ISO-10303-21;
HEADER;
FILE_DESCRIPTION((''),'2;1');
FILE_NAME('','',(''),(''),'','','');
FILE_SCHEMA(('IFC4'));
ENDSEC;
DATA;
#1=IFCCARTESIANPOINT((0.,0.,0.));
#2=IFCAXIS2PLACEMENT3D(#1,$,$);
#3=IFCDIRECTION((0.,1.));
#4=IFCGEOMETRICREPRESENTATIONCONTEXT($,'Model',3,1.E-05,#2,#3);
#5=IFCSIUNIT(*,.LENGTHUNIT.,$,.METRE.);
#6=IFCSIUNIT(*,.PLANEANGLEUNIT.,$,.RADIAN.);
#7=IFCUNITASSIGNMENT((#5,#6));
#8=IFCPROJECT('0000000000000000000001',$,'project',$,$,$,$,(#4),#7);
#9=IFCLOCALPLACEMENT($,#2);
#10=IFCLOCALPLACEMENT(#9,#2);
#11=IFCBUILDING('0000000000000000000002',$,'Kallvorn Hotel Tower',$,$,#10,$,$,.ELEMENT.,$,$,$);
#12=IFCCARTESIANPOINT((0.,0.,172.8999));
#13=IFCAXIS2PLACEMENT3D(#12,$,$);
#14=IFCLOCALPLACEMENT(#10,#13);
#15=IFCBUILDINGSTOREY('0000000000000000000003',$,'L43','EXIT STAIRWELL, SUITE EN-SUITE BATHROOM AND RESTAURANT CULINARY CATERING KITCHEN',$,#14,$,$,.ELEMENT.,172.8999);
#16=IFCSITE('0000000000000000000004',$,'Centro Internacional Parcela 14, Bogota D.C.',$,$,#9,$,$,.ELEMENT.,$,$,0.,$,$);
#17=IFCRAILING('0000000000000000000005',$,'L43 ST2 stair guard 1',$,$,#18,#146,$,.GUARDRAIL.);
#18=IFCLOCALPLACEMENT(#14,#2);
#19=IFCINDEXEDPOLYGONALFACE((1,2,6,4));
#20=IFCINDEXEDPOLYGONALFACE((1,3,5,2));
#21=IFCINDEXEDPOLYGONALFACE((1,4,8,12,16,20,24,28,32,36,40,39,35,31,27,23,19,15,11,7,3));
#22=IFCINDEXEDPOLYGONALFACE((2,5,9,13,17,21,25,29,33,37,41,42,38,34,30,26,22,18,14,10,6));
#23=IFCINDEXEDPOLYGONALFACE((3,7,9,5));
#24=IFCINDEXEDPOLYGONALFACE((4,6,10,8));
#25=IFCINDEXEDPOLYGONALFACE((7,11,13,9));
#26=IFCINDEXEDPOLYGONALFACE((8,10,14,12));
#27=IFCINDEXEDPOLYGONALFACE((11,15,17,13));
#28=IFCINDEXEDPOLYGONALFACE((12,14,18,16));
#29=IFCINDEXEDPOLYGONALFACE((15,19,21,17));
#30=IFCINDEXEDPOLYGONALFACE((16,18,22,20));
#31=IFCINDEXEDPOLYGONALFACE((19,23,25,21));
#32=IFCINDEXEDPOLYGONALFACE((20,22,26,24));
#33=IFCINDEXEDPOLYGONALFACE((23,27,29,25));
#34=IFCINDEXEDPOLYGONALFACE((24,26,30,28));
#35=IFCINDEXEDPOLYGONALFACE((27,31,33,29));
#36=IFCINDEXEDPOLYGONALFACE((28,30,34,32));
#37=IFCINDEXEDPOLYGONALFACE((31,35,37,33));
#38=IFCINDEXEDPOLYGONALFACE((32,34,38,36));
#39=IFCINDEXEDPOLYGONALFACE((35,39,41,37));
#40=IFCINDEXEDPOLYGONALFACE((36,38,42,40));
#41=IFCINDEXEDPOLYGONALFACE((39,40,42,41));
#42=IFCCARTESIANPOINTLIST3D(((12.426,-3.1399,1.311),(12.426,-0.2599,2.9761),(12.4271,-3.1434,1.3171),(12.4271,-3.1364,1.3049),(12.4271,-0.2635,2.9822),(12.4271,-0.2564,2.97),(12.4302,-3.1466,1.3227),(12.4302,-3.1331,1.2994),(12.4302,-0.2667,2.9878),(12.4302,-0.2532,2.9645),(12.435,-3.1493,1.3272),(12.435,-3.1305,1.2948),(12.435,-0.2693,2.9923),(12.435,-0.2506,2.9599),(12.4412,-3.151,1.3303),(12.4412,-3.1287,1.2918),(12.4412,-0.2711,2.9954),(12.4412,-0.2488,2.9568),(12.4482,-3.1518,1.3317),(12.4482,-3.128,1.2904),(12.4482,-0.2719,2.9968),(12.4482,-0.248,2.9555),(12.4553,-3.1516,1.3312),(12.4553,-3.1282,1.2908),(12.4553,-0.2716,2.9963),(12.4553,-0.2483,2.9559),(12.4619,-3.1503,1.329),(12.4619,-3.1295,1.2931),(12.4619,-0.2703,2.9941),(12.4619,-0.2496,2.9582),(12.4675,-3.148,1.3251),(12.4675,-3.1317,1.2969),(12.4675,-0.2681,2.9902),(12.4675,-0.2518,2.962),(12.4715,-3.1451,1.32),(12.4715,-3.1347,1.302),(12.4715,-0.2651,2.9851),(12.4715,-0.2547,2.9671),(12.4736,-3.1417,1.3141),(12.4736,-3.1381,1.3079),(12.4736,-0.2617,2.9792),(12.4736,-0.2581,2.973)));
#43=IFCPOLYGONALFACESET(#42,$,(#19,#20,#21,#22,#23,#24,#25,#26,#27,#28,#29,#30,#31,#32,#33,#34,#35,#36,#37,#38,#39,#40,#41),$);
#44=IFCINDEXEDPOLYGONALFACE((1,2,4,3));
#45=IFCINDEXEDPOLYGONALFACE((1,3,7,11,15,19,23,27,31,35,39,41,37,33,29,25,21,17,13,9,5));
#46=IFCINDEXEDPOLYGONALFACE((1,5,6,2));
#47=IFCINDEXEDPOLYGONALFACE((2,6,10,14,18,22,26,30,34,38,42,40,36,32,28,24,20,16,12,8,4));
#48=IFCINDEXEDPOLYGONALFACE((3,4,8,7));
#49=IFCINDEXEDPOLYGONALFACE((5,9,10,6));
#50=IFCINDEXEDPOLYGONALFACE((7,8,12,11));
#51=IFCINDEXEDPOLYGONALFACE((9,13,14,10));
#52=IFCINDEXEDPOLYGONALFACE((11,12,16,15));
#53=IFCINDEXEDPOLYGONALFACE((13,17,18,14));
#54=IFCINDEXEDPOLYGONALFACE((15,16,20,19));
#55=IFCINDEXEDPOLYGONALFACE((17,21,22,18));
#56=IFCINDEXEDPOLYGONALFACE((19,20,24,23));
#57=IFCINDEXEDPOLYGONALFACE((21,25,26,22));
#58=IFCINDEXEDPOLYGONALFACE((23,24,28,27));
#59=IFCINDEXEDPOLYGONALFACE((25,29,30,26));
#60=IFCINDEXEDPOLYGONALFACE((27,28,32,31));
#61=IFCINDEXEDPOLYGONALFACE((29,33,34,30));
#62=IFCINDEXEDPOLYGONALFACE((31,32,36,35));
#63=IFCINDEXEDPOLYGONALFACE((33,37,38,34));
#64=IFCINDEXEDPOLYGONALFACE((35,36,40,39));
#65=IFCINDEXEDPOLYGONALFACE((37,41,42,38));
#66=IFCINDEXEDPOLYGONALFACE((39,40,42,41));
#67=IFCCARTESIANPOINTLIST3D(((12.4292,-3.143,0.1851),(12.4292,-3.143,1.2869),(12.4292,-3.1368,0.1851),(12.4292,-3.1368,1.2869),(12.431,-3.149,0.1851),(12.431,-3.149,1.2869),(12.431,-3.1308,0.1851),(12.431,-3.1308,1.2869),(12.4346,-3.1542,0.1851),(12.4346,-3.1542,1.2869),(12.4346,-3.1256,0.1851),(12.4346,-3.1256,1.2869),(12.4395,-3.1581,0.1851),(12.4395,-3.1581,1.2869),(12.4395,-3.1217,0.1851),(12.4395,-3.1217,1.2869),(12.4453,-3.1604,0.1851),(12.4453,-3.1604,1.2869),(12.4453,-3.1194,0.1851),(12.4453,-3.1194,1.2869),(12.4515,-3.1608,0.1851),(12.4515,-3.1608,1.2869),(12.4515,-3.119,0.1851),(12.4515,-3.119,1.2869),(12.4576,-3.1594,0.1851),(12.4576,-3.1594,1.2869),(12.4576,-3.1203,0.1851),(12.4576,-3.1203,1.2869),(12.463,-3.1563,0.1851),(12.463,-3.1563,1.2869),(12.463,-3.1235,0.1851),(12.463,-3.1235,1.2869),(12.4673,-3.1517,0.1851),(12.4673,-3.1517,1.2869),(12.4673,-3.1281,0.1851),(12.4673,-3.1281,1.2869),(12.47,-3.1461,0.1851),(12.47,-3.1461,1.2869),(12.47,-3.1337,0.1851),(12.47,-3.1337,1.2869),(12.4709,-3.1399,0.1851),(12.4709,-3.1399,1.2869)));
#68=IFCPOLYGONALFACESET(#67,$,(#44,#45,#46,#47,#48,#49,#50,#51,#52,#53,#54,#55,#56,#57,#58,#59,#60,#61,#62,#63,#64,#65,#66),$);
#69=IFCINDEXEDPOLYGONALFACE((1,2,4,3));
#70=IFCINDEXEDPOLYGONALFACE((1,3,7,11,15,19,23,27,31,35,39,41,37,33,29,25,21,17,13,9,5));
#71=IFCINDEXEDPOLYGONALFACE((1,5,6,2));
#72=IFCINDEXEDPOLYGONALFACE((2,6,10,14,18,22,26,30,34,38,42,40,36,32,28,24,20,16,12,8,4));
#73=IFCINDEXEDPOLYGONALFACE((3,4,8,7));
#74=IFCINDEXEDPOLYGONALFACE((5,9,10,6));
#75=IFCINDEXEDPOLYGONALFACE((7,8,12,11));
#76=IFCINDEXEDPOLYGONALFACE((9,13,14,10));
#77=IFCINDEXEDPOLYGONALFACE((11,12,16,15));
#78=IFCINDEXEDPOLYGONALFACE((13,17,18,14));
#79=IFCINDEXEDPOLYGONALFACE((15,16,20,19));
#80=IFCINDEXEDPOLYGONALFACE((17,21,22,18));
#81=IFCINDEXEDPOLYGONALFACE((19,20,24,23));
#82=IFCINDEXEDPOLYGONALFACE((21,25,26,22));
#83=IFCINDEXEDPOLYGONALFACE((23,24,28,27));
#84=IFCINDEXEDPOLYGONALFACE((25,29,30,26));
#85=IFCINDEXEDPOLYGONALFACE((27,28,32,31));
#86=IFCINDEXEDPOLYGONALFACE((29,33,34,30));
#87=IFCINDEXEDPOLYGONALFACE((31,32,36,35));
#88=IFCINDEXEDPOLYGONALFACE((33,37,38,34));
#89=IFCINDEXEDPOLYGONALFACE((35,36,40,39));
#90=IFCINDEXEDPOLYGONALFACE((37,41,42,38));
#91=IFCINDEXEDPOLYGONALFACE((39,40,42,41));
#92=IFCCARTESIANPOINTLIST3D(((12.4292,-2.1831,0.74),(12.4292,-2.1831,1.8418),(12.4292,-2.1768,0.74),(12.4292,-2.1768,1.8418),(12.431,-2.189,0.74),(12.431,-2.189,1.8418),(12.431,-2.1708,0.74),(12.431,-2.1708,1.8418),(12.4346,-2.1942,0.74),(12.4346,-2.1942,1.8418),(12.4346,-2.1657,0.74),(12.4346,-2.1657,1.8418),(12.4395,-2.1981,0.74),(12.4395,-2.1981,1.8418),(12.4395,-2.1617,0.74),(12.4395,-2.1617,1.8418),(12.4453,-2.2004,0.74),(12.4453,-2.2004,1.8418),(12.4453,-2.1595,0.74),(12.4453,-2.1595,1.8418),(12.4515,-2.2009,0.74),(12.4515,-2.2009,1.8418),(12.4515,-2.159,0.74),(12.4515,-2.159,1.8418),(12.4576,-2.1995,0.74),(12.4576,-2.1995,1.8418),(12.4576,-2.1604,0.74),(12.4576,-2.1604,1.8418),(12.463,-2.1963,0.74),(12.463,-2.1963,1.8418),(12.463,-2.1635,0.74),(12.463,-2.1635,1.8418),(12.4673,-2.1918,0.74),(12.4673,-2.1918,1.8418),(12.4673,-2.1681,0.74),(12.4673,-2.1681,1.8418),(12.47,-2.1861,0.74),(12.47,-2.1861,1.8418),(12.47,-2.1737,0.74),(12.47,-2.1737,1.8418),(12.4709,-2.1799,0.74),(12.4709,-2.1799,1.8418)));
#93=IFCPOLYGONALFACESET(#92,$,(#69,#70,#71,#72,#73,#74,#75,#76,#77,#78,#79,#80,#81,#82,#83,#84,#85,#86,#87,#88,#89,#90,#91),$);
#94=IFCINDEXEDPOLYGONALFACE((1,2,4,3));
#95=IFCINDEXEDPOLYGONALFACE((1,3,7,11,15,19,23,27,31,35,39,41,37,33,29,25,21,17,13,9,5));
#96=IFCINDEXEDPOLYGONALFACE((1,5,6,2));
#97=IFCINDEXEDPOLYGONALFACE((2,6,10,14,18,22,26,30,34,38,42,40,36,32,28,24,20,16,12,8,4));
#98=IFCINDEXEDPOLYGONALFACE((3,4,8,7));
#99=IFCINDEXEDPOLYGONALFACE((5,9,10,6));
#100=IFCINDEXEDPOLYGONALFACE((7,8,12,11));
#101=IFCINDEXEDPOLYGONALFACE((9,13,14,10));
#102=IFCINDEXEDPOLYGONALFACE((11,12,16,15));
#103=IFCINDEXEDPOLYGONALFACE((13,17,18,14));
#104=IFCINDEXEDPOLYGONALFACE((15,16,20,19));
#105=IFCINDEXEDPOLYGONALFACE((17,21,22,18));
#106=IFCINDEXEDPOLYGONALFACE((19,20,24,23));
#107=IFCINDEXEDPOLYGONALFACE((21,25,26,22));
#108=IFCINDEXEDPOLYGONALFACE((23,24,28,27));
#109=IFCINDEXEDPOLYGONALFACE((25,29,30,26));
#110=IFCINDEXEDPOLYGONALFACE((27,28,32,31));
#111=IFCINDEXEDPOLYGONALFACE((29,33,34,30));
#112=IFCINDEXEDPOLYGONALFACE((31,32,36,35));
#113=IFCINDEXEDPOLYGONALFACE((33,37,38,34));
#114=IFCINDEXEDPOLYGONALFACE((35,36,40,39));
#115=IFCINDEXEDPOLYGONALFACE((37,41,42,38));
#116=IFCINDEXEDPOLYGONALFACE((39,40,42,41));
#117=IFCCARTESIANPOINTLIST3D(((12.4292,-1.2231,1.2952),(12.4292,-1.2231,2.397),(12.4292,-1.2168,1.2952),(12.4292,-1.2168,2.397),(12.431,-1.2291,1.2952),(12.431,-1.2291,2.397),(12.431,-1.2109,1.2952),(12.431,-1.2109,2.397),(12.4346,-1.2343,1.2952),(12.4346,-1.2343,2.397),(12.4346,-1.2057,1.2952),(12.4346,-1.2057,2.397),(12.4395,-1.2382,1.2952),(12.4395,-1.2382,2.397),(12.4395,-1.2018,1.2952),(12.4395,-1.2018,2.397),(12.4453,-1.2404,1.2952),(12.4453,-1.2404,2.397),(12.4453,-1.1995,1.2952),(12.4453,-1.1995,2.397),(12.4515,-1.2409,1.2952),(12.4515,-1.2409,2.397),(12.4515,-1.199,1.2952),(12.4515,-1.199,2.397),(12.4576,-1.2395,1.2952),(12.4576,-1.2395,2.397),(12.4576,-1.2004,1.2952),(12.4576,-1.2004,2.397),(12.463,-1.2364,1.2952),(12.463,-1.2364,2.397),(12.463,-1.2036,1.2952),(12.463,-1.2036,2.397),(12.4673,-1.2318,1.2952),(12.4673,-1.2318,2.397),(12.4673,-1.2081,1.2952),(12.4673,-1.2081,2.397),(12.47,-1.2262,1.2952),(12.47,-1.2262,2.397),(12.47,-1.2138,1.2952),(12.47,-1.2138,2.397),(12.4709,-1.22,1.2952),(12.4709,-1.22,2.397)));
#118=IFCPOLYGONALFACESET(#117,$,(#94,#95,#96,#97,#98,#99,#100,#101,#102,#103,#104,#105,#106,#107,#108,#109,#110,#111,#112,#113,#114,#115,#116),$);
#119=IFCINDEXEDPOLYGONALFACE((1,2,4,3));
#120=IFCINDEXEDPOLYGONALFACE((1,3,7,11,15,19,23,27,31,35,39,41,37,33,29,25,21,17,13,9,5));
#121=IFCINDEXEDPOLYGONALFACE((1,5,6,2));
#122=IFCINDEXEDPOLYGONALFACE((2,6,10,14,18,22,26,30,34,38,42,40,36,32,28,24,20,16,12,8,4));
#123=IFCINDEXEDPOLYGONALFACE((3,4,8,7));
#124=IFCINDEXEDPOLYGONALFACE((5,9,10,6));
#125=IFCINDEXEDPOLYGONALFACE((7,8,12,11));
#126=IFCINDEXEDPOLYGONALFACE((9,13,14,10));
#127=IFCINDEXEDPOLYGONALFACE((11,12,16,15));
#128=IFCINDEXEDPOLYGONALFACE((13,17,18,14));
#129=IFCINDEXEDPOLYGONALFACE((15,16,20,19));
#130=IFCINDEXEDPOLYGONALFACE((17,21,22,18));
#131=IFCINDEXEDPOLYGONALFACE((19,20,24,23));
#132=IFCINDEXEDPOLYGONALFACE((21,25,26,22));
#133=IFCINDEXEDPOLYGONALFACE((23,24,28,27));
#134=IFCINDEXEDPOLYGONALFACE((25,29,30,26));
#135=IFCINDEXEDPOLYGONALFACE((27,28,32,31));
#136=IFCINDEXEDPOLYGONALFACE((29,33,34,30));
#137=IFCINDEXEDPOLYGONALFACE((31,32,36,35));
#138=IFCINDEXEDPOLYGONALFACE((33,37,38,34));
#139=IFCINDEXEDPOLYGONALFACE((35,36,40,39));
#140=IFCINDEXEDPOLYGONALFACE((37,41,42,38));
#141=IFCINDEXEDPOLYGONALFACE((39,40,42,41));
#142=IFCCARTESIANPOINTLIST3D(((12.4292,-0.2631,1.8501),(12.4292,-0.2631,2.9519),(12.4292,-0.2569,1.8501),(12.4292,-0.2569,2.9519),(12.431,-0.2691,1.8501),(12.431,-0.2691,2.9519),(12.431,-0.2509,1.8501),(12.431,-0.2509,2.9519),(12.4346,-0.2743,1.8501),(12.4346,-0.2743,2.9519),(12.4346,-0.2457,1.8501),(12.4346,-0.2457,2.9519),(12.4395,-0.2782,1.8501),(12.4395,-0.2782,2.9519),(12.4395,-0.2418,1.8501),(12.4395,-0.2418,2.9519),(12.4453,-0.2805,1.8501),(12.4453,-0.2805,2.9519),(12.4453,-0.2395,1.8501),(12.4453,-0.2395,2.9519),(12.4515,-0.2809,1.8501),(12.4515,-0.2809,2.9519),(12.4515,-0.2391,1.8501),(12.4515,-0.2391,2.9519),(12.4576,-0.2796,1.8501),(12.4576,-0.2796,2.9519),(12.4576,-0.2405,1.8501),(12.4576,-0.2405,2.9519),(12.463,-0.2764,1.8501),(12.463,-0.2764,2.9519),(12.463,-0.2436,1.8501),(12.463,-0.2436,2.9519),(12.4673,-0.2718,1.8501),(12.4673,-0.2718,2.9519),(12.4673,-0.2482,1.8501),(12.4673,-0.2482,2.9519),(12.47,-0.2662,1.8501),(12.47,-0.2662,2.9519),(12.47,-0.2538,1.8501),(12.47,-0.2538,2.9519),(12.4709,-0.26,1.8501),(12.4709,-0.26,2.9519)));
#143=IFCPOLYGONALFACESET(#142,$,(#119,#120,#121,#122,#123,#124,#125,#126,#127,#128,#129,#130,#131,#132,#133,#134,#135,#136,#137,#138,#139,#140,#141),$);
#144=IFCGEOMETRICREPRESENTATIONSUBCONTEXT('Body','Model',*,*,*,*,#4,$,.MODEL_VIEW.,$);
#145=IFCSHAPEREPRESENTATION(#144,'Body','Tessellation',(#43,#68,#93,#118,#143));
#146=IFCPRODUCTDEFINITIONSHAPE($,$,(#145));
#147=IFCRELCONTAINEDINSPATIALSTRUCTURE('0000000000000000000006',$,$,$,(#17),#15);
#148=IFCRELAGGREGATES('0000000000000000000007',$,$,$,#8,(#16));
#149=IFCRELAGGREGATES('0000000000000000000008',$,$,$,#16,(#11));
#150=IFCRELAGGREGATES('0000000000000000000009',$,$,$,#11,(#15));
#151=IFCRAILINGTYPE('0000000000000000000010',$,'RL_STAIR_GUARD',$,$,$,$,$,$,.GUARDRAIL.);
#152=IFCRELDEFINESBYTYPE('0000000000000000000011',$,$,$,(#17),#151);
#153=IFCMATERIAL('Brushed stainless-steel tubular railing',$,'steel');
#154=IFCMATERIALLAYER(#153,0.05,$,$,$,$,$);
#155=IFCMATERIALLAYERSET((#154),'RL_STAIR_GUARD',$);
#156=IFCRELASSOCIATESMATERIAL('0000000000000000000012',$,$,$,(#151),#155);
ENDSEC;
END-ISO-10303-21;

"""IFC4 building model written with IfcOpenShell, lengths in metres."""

from ifc_helpers import new_model, si_unit, direction, frame, origin, origin_2d, place, context, subcontext, project, spatial, circle, extrude, material, layer, layer_set, type_object, element, save


model = new_model("IFC4")

# Units and contexts
model_context = context("Model", 3, precision=1e-05, world=origin(), true_north=direction((0.0, 1.0)))
body_context = subcontext(model_context, "Body", "Model", "MODEL_VIEW")
ifc_project = project(units=[si_unit("LENGTHUNIT", "METRE"), si_unit("PLANEANGLEUNIT", "RADIAN")], contexts=[model_context])

# Site, building, storey
site_placement = place(None, origin())
site = spatial("IfcSite", under=ifc_project, at=site_placement, Name="Centro Internacional Parcela 14, Bogota D.C.", CompositionType="ELEMENT", RefElevation=0.0)
building_placement = place(site_placement, origin())
building = spatial("IfcBuilding", under=site, at=building_placement, Name="Kallvorn Hotel Tower", CompositionType="ELEMENT")
storey_placement = place(building_placement, frame((0.0, 0.0, 172.8999)))
storey = spatial("IfcBuildingStorey", under=building, at=storey_placement, Name="L43", Description="EXIT STAIRWELL, SUITE EN-SUITE BATHROOM AND RESTAURANT CULINARY CATERING KITCHEN", CompositionType="ELEMENT", Elevation=172.8999)

# Railing
ifc_material_1 = material(Name="Brushed stainless-steel tubular railing", Category="steel")
ifc_layer_1 = layer(ifc_material_1, 0.05)
ifc_layer_set_1 = layer_set([ifc_layer_1], Name="RL_STAIR_GUARD")
railing_type_1 = type_object("IfcRailingType", Name="RL_STAIR_GUARD", PredefinedType="GUARDRAIL", material=ifc_layer_set_1)
railing_1_placement = place(storey_placement, frame((12.45, -3.1399, 0.1851)))
element("IfcRailing", 1, at=railing_1_placement, inside=storey, type_object=railing_type_1, Name="L43 ST2 stair guard 1", PredefinedType="GUARDRAIL", context=body_context, shape_type="SweptSolid", body=[
    extrude(circle(Radius=0.0239, at=origin_2d()), frame((0.0, 0.0, 1.126), z_axis=(0.0, 0.865721, 0.500527), x_axis=(-1.0, 0.0, 0.0)), (0.0, 0.0, 1.0), 3.3267),
    extrude(circle(Radius=0.021, at=origin_2d()), origin(), (0.0, 0.0, 1.0), 1.1018),
    extrude(circle(Radius=0.021, at=origin_2d()), frame((0.0, 0.96, 0.5549)), (0.0, 0.0, 1.0), 1.1018),
    extrude(circle(Radius=0.021, at=origin_2d()), frame((0.0, 1.9199, 1.1101)), (0.0, 0.0, 1.0), 1.1018),
    extrude(circle(Radius=0.021, at=origin_2d()), frame((0.0, 2.8799, 1.665)), (0.0, 0.0, 1.0), 1.1018),
])

save(model, "model.ifc")
